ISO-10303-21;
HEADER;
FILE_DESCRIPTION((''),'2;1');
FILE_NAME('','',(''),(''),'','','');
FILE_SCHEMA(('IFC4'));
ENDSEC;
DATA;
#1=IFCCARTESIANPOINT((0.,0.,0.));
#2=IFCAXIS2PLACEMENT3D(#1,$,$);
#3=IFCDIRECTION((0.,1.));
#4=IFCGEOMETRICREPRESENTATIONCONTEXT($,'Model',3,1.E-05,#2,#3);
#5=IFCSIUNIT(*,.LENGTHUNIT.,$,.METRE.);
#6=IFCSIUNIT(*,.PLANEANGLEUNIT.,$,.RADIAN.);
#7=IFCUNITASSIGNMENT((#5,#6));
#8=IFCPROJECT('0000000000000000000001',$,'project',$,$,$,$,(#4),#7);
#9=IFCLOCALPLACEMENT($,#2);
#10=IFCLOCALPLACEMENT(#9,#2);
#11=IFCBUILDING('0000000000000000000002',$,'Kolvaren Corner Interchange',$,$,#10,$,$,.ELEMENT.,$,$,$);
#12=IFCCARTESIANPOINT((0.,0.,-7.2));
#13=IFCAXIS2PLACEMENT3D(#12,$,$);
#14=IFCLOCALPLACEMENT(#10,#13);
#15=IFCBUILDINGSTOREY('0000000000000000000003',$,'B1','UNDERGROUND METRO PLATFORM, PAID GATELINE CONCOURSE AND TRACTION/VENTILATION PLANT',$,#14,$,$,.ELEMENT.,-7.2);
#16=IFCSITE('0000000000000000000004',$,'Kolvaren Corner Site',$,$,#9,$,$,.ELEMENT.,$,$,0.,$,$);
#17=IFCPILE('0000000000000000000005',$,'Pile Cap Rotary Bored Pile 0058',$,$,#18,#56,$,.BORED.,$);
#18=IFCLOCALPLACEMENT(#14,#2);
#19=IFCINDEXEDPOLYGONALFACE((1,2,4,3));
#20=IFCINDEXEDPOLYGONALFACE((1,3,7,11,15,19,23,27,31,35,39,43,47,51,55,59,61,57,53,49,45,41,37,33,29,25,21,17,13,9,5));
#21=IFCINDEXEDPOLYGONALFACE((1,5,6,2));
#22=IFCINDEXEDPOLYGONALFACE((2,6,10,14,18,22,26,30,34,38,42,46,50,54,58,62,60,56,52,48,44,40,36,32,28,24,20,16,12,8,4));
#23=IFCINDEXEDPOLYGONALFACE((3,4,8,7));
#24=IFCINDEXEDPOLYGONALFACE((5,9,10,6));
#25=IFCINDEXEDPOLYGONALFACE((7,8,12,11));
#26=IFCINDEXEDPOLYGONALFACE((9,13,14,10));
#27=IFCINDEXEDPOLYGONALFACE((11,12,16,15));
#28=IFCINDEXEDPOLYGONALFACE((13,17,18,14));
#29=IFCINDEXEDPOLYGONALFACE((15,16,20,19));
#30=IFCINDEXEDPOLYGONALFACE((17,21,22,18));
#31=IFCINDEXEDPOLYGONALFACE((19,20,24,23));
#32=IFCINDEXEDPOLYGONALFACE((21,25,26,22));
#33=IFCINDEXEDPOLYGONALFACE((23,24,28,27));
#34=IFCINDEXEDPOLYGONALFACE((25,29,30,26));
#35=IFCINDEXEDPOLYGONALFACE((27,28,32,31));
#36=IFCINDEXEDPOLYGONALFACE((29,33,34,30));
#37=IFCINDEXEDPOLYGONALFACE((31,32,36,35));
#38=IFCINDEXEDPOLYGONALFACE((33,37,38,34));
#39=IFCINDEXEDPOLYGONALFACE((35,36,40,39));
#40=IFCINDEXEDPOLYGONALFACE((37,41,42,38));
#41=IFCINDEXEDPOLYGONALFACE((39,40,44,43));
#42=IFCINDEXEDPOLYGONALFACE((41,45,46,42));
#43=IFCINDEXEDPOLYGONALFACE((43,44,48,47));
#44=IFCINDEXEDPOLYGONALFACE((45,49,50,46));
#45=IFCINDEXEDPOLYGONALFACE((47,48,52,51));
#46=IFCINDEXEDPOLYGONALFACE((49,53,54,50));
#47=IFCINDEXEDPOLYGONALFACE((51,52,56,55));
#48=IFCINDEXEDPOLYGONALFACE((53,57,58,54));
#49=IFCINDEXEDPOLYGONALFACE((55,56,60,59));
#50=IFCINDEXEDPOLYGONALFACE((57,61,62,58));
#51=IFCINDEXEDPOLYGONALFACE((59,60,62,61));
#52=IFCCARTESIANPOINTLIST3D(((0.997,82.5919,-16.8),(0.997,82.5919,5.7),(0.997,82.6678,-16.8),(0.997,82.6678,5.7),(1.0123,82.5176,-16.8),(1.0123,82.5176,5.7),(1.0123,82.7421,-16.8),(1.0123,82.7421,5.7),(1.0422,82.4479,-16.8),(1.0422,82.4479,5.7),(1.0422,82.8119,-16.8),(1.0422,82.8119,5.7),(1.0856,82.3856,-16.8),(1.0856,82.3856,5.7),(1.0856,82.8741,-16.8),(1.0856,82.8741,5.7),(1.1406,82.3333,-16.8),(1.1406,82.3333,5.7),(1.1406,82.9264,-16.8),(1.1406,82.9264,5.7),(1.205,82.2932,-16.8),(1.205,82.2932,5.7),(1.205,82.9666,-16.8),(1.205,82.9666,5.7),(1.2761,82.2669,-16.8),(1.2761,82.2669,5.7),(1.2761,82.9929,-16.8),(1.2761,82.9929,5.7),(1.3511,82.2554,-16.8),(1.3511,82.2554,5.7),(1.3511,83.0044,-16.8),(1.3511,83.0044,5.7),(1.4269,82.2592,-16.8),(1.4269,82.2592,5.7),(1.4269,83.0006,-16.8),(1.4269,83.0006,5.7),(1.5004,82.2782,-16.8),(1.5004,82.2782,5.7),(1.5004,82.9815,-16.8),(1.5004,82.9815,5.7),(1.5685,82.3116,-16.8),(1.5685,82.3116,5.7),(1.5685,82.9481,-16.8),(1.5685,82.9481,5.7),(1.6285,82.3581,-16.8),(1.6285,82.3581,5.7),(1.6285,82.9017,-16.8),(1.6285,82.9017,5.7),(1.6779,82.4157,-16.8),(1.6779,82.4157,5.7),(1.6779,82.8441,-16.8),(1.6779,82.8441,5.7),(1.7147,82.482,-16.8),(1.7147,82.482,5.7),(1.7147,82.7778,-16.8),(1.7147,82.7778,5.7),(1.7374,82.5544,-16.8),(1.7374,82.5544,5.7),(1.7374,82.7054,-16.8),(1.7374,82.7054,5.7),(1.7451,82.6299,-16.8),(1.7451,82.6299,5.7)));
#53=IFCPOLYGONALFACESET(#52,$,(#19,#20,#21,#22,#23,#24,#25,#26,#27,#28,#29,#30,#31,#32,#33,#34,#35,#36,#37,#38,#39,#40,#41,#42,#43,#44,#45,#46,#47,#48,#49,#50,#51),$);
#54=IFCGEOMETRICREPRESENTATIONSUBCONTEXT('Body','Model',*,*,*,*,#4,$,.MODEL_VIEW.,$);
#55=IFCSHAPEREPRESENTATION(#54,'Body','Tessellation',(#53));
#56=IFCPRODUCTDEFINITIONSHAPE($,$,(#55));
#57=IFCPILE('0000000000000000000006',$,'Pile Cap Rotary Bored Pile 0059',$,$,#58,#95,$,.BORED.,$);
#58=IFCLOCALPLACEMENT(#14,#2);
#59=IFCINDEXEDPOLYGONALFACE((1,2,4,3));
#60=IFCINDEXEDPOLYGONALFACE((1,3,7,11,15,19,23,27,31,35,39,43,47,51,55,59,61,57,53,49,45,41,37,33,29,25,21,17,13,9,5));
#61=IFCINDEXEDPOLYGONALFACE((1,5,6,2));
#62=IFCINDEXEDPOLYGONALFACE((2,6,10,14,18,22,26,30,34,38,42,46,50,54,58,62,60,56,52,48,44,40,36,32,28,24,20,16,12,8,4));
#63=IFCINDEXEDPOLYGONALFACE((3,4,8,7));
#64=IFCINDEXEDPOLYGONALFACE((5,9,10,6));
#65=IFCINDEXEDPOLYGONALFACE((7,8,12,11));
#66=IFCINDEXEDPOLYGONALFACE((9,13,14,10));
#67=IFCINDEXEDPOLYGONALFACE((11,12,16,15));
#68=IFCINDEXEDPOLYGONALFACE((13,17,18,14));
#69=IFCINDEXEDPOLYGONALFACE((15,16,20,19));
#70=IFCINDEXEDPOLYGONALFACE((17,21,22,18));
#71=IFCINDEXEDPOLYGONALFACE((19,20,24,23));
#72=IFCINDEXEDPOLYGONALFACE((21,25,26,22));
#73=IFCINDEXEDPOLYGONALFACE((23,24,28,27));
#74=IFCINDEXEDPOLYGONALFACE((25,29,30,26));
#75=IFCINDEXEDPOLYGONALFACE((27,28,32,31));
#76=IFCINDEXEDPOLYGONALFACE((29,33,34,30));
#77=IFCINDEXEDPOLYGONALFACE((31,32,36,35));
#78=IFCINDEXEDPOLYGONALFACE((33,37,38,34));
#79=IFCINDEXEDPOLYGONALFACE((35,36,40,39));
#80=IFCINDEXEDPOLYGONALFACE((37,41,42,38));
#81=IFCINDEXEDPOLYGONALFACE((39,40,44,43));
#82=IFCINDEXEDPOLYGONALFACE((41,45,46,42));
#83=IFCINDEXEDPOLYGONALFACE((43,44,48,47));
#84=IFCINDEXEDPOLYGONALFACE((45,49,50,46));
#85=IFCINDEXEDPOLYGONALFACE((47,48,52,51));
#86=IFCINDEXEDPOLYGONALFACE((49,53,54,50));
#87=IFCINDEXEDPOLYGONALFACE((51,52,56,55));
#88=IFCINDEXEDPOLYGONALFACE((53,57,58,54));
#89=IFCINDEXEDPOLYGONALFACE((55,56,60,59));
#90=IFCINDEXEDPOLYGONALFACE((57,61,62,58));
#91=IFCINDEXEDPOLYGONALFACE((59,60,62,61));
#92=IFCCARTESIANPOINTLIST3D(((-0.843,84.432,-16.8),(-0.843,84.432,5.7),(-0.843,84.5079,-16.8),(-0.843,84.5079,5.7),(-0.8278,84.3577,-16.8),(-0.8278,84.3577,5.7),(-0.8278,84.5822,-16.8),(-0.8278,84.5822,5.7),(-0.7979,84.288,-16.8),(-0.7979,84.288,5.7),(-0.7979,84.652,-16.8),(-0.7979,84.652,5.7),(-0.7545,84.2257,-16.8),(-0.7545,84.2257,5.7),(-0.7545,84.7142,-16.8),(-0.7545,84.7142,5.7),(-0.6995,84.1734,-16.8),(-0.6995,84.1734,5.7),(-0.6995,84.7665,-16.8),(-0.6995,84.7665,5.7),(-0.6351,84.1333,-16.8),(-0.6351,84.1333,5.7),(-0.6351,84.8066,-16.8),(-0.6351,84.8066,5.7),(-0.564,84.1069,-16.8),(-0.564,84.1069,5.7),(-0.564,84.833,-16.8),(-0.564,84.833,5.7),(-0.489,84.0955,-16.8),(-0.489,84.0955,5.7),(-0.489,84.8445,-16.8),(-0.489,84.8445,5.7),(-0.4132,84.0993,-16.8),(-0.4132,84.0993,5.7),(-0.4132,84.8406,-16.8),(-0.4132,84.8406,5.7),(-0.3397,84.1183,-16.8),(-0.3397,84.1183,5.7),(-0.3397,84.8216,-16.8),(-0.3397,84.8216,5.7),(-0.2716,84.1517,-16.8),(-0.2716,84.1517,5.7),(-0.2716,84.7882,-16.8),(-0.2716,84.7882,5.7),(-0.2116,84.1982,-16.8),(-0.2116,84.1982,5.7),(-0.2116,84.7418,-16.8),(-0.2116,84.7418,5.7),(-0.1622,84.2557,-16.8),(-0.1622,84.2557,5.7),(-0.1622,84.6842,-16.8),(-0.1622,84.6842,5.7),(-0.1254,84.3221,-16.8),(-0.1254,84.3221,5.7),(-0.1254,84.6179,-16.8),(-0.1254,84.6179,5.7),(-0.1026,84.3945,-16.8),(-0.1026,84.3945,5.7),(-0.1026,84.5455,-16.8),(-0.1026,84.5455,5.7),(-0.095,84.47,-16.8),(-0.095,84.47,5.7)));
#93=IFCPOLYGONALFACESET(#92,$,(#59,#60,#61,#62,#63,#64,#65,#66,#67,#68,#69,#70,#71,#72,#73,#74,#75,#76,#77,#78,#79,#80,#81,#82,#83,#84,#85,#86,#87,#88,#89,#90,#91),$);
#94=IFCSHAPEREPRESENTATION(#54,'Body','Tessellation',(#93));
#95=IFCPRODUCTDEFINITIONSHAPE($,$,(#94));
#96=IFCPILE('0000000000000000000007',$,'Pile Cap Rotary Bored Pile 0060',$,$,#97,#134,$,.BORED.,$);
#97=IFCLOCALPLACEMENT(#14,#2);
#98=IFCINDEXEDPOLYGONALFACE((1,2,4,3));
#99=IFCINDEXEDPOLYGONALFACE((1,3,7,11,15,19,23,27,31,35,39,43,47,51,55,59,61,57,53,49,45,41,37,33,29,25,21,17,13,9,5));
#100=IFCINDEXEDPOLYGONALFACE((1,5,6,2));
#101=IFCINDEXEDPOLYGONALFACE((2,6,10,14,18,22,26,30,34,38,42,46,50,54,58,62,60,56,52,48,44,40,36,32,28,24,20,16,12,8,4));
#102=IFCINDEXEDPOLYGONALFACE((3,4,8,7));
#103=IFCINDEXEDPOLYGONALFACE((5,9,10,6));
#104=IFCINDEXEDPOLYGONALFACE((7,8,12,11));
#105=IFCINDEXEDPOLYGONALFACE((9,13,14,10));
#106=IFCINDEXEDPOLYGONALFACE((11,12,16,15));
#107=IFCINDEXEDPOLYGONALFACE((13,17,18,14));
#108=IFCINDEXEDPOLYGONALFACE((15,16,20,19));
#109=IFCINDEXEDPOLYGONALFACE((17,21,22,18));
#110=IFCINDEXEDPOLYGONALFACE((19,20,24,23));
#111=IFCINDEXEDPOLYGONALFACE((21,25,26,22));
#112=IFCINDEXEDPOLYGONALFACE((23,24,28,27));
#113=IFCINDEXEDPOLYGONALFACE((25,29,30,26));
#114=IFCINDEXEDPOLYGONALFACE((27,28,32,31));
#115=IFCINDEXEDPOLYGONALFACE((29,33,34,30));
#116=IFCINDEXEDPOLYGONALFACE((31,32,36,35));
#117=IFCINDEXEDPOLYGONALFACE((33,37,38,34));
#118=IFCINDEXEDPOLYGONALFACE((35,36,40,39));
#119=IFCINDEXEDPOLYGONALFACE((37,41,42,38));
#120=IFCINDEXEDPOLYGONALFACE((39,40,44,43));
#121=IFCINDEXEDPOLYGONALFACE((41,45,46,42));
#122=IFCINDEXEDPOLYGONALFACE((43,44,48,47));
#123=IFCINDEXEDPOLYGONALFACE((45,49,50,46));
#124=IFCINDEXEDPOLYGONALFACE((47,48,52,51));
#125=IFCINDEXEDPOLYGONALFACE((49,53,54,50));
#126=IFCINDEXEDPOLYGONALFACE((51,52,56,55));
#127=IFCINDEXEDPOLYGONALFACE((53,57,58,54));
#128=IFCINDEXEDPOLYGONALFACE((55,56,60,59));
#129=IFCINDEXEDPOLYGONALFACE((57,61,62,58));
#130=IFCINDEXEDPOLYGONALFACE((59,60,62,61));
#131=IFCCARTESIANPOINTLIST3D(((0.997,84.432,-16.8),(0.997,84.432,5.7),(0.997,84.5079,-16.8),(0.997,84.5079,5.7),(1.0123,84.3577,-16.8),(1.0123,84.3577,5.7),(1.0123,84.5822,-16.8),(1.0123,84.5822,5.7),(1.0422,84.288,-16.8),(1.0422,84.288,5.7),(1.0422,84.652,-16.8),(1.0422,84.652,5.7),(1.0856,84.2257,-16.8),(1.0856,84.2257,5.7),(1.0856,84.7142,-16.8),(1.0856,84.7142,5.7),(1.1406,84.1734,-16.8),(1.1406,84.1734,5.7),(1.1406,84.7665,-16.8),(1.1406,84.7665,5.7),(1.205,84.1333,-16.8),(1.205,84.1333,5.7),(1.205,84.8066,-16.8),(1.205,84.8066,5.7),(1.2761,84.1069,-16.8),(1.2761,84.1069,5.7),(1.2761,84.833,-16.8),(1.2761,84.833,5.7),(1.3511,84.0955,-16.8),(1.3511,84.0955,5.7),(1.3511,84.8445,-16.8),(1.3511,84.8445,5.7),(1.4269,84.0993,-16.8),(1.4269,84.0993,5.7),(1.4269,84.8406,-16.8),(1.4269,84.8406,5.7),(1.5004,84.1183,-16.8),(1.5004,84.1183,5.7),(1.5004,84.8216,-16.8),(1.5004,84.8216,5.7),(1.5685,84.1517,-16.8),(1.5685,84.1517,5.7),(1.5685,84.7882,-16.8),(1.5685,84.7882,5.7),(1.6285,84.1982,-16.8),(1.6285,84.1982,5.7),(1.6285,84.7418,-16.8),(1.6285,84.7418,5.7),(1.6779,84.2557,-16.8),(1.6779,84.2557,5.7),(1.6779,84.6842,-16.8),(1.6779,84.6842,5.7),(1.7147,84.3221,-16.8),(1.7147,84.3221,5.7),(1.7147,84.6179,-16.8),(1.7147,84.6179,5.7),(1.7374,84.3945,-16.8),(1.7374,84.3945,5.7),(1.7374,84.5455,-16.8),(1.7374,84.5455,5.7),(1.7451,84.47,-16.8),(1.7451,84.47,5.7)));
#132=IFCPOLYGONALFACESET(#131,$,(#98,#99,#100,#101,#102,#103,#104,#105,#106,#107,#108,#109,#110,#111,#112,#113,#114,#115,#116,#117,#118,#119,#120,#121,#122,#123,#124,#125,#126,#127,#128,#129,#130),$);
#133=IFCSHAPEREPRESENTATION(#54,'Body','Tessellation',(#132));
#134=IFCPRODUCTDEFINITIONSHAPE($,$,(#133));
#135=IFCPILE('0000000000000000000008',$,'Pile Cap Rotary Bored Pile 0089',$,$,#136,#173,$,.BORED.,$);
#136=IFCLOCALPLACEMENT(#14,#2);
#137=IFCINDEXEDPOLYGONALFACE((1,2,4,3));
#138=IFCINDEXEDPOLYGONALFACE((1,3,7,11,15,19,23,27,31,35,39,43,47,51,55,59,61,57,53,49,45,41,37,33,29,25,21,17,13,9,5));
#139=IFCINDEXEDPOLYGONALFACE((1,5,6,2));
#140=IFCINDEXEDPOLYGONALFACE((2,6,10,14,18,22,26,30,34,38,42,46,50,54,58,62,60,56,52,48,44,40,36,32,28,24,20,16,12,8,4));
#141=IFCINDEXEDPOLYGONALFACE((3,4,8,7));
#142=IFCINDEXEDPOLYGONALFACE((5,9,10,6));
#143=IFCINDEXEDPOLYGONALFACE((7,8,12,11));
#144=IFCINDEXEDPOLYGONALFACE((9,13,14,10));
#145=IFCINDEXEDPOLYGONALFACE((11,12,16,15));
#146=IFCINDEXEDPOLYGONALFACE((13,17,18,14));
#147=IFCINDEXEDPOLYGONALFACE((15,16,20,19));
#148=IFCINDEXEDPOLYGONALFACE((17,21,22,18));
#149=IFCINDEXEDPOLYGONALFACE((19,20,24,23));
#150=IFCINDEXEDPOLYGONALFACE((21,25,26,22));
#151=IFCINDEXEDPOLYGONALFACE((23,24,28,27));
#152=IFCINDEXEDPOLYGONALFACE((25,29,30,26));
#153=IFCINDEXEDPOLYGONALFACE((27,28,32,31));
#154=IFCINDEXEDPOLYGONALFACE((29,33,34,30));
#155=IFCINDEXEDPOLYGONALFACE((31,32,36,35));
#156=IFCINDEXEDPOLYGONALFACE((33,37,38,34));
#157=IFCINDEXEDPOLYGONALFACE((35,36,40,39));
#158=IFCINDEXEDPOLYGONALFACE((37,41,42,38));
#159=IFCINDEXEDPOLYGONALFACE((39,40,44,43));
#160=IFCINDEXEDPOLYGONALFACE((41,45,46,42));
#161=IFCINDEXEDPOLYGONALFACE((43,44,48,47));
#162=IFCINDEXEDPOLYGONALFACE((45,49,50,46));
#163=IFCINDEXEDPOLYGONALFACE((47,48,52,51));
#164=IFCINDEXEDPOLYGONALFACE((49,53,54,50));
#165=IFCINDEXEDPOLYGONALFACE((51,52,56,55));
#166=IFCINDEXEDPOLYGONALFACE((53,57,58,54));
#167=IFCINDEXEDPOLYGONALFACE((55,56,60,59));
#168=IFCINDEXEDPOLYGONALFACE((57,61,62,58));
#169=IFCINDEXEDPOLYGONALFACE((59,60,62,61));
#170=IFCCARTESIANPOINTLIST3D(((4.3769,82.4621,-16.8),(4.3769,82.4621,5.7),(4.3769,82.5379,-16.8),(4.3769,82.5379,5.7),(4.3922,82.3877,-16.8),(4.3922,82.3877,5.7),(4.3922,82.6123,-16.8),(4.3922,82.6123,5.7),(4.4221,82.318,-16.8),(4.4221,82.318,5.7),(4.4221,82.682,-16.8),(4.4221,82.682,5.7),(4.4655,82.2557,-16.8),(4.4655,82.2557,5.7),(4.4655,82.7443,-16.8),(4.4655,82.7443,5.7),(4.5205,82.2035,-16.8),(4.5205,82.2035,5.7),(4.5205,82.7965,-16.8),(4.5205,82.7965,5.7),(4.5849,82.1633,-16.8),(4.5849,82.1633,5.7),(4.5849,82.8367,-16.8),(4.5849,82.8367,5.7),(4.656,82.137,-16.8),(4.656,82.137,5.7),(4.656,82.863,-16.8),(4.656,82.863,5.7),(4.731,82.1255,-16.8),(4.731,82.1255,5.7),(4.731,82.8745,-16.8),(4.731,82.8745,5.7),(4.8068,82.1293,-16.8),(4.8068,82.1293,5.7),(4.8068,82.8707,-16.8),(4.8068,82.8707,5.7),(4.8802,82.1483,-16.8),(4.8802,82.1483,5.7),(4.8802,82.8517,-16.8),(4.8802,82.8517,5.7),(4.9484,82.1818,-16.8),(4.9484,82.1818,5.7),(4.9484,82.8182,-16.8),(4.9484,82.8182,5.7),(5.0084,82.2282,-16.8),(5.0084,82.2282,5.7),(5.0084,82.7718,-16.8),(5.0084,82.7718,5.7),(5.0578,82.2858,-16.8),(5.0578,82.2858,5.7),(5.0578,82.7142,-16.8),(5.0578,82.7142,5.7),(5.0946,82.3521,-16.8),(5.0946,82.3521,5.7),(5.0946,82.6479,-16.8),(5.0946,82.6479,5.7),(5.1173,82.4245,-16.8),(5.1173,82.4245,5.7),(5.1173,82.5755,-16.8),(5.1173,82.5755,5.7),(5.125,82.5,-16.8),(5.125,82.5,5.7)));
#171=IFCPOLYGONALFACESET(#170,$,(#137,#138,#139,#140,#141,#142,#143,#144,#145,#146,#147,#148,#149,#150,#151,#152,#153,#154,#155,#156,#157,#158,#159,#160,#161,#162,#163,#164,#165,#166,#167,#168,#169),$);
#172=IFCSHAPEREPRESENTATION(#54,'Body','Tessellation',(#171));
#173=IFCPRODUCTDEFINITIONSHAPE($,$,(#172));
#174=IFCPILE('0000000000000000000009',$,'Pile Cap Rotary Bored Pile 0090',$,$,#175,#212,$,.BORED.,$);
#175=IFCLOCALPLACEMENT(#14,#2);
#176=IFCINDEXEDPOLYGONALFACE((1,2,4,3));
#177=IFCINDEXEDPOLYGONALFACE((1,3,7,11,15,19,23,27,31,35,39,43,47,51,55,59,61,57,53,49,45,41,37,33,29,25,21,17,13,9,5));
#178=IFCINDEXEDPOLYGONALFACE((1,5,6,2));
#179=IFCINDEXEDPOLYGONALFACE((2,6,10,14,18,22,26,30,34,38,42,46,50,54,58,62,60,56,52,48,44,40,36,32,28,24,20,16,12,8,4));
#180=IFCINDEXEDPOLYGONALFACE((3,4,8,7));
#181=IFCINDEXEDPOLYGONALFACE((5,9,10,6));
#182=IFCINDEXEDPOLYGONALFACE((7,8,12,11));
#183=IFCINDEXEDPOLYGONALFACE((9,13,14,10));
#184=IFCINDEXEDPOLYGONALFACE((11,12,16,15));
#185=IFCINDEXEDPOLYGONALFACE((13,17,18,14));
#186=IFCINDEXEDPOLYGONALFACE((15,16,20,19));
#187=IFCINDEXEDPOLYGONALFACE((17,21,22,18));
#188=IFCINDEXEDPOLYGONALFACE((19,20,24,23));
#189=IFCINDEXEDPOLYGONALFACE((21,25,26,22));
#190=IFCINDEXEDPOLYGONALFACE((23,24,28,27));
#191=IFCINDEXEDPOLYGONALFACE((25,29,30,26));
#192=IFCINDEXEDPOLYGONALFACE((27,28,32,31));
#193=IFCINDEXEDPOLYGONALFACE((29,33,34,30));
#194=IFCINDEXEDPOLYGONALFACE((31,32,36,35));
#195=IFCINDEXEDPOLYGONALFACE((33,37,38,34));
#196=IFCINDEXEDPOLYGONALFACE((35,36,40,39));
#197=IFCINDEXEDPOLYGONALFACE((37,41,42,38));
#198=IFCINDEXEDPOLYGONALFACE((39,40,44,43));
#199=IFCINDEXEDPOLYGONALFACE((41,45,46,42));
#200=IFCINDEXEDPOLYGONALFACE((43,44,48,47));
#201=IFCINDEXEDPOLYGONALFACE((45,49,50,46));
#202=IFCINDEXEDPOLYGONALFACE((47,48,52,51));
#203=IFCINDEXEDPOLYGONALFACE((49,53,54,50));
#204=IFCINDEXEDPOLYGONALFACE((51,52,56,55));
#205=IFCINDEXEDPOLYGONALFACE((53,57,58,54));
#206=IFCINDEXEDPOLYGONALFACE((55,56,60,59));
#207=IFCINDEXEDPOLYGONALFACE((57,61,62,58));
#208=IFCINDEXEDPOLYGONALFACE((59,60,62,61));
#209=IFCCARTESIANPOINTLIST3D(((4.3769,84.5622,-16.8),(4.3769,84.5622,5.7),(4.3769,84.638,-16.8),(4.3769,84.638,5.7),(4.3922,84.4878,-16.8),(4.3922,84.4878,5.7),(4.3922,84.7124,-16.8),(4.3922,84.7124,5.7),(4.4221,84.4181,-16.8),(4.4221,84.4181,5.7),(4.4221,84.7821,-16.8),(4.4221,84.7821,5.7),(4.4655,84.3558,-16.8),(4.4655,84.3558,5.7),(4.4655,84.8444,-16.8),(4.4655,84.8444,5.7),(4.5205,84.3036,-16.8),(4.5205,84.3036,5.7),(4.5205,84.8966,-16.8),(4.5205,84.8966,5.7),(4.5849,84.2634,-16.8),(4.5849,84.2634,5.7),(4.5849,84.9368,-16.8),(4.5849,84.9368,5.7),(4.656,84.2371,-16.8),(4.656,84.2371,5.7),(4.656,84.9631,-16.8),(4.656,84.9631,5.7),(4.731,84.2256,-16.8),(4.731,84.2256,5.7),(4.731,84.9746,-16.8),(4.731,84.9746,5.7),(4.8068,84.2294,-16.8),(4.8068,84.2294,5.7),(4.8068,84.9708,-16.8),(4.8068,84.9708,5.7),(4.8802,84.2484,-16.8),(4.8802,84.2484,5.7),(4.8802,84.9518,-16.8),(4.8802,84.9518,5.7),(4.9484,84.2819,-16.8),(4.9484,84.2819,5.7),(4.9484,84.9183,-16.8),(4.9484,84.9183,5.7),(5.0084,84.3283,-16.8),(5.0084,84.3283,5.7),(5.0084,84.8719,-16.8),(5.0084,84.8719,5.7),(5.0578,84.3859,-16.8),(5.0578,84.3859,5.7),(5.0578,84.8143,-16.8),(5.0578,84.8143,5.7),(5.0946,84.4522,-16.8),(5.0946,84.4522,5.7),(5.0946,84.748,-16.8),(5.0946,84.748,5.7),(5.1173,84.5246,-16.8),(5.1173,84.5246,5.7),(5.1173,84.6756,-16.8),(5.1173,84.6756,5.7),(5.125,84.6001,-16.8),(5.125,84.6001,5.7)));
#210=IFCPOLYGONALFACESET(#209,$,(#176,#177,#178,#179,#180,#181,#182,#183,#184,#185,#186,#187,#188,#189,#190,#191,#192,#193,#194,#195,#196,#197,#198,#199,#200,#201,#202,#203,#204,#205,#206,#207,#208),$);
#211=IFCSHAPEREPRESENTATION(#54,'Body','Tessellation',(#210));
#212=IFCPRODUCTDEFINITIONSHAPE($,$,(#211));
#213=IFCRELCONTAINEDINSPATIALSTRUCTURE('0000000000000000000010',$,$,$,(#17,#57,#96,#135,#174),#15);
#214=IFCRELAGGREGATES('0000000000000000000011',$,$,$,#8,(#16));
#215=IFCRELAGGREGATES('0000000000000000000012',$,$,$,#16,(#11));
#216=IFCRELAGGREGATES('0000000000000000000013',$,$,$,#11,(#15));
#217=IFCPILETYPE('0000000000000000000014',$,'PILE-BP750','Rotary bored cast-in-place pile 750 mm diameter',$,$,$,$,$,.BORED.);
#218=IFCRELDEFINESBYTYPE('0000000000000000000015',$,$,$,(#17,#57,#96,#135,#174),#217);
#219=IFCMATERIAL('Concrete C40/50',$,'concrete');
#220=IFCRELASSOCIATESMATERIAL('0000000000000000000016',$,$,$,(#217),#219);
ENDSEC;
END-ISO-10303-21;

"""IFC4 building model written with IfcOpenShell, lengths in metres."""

from ifc_helpers import new_model, si_unit, direction, frame, origin, origin_2d, place, context, subcontext, project, spatial, circle, extrude, material, material_profile, profile_set, type_object, element, save


model = new_model("IFC4")

# Units and contexts
model_context = context("Model", 3, precision=1e-05, world=origin(), true_north=direction((0.0, 1.0)))
body_context = subcontext(model_context, "Body", "Model", "MODEL_VIEW")
ifc_project = project(units=[si_unit("LENGTHUNIT", "METRE"), si_unit("PLANEANGLEUNIT", "RADIAN")], contexts=[model_context])

# Site, building, storey
site_placement = place(None, origin())
site = spatial("IfcSite", under=ifc_project, at=site_placement, Name="Kolvaren Corner Site", CompositionType="ELEMENT", RefElevation=0.0)
building_placement = place(site_placement, origin())
building = spatial("IfcBuilding", under=site, at=building_placement, Name="Kolvaren Corner Interchange", CompositionType="ELEMENT")
storey_placement = place(building_placement, frame((0.0, 0.0, -7.2)))
storey = spatial("IfcBuildingStorey", under=building, at=storey_placement, Name="B1", Description="UNDERGROUND METRO PLATFORM, PAID GATELINE CONCOURSE AND TRACTION/VENTILATION PLANT", CompositionType="ELEMENT", Elevation=-7.2)

# Piles
ifc_material_1 = material(Name="Concrete C40/50", Category="concrete")
ifc_material_profile_1 = material_profile(ifc_material_1, circle(Radius=0.375, at=origin_2d()), Name="BORED PILE 750")
ifc_profile_set_1 = profile_set([ifc_material_profile_1], Name="Concrete C40/50")
pile_type_1 = type_object("IfcPileType", Name="PILE-BP750", Description="Rotary bored cast-in-place pile 750 mm diameter", PredefinedType="BORED", material=ifc_profile_set_1)
for number, where, z_axis, x_axis, name in (
    (1, (1.3701, 82.6299, 5.7), (0.0, 0.0, -1.0), (1.0, 0.0, 0.0), "Pile Cap Rotary Bored Pile 0058"),
    (2, (-0.47, 84.47, 5.7), (0.0, 0.0, -1.0), (1.0, 0.0, 0.0), "Pile Cap Rotary Bored Pile 0059"),
    (3, (1.3701, 84.47, 5.7), (0.0, 0.0, -1.0), (1.0, 0.0, 0.0), "Pile Cap Rotary Bored Pile 0060"),
    (4, (4.75, 82.5, 5.7), (0.0, 0.0, -1.0), (1.0, 0.0, 0.0), "Pile Cap Rotary Bored Pile 0089"),
    (5, (4.75, 84.6001, 5.7), (0.0, 0.0, -1.0), (1.0, 0.0, 0.0), "Pile Cap Rotary Bored Pile 0090"),
):
    element("IfcPile", number, at=place(storey_placement, frame(where, z_axis=z_axis, x_axis=x_axis)), inside=storey, type_object=pile_type_1, Name=name, PredefinedType="BORED", context=body_context, shape_type="SweptSolid", body=[
        extrude(circle(Radius=0.375, at=origin_2d()), origin(), (0.0, 0.0, 1.0), 22.5),
    ])

save(model, "model.ifc")
